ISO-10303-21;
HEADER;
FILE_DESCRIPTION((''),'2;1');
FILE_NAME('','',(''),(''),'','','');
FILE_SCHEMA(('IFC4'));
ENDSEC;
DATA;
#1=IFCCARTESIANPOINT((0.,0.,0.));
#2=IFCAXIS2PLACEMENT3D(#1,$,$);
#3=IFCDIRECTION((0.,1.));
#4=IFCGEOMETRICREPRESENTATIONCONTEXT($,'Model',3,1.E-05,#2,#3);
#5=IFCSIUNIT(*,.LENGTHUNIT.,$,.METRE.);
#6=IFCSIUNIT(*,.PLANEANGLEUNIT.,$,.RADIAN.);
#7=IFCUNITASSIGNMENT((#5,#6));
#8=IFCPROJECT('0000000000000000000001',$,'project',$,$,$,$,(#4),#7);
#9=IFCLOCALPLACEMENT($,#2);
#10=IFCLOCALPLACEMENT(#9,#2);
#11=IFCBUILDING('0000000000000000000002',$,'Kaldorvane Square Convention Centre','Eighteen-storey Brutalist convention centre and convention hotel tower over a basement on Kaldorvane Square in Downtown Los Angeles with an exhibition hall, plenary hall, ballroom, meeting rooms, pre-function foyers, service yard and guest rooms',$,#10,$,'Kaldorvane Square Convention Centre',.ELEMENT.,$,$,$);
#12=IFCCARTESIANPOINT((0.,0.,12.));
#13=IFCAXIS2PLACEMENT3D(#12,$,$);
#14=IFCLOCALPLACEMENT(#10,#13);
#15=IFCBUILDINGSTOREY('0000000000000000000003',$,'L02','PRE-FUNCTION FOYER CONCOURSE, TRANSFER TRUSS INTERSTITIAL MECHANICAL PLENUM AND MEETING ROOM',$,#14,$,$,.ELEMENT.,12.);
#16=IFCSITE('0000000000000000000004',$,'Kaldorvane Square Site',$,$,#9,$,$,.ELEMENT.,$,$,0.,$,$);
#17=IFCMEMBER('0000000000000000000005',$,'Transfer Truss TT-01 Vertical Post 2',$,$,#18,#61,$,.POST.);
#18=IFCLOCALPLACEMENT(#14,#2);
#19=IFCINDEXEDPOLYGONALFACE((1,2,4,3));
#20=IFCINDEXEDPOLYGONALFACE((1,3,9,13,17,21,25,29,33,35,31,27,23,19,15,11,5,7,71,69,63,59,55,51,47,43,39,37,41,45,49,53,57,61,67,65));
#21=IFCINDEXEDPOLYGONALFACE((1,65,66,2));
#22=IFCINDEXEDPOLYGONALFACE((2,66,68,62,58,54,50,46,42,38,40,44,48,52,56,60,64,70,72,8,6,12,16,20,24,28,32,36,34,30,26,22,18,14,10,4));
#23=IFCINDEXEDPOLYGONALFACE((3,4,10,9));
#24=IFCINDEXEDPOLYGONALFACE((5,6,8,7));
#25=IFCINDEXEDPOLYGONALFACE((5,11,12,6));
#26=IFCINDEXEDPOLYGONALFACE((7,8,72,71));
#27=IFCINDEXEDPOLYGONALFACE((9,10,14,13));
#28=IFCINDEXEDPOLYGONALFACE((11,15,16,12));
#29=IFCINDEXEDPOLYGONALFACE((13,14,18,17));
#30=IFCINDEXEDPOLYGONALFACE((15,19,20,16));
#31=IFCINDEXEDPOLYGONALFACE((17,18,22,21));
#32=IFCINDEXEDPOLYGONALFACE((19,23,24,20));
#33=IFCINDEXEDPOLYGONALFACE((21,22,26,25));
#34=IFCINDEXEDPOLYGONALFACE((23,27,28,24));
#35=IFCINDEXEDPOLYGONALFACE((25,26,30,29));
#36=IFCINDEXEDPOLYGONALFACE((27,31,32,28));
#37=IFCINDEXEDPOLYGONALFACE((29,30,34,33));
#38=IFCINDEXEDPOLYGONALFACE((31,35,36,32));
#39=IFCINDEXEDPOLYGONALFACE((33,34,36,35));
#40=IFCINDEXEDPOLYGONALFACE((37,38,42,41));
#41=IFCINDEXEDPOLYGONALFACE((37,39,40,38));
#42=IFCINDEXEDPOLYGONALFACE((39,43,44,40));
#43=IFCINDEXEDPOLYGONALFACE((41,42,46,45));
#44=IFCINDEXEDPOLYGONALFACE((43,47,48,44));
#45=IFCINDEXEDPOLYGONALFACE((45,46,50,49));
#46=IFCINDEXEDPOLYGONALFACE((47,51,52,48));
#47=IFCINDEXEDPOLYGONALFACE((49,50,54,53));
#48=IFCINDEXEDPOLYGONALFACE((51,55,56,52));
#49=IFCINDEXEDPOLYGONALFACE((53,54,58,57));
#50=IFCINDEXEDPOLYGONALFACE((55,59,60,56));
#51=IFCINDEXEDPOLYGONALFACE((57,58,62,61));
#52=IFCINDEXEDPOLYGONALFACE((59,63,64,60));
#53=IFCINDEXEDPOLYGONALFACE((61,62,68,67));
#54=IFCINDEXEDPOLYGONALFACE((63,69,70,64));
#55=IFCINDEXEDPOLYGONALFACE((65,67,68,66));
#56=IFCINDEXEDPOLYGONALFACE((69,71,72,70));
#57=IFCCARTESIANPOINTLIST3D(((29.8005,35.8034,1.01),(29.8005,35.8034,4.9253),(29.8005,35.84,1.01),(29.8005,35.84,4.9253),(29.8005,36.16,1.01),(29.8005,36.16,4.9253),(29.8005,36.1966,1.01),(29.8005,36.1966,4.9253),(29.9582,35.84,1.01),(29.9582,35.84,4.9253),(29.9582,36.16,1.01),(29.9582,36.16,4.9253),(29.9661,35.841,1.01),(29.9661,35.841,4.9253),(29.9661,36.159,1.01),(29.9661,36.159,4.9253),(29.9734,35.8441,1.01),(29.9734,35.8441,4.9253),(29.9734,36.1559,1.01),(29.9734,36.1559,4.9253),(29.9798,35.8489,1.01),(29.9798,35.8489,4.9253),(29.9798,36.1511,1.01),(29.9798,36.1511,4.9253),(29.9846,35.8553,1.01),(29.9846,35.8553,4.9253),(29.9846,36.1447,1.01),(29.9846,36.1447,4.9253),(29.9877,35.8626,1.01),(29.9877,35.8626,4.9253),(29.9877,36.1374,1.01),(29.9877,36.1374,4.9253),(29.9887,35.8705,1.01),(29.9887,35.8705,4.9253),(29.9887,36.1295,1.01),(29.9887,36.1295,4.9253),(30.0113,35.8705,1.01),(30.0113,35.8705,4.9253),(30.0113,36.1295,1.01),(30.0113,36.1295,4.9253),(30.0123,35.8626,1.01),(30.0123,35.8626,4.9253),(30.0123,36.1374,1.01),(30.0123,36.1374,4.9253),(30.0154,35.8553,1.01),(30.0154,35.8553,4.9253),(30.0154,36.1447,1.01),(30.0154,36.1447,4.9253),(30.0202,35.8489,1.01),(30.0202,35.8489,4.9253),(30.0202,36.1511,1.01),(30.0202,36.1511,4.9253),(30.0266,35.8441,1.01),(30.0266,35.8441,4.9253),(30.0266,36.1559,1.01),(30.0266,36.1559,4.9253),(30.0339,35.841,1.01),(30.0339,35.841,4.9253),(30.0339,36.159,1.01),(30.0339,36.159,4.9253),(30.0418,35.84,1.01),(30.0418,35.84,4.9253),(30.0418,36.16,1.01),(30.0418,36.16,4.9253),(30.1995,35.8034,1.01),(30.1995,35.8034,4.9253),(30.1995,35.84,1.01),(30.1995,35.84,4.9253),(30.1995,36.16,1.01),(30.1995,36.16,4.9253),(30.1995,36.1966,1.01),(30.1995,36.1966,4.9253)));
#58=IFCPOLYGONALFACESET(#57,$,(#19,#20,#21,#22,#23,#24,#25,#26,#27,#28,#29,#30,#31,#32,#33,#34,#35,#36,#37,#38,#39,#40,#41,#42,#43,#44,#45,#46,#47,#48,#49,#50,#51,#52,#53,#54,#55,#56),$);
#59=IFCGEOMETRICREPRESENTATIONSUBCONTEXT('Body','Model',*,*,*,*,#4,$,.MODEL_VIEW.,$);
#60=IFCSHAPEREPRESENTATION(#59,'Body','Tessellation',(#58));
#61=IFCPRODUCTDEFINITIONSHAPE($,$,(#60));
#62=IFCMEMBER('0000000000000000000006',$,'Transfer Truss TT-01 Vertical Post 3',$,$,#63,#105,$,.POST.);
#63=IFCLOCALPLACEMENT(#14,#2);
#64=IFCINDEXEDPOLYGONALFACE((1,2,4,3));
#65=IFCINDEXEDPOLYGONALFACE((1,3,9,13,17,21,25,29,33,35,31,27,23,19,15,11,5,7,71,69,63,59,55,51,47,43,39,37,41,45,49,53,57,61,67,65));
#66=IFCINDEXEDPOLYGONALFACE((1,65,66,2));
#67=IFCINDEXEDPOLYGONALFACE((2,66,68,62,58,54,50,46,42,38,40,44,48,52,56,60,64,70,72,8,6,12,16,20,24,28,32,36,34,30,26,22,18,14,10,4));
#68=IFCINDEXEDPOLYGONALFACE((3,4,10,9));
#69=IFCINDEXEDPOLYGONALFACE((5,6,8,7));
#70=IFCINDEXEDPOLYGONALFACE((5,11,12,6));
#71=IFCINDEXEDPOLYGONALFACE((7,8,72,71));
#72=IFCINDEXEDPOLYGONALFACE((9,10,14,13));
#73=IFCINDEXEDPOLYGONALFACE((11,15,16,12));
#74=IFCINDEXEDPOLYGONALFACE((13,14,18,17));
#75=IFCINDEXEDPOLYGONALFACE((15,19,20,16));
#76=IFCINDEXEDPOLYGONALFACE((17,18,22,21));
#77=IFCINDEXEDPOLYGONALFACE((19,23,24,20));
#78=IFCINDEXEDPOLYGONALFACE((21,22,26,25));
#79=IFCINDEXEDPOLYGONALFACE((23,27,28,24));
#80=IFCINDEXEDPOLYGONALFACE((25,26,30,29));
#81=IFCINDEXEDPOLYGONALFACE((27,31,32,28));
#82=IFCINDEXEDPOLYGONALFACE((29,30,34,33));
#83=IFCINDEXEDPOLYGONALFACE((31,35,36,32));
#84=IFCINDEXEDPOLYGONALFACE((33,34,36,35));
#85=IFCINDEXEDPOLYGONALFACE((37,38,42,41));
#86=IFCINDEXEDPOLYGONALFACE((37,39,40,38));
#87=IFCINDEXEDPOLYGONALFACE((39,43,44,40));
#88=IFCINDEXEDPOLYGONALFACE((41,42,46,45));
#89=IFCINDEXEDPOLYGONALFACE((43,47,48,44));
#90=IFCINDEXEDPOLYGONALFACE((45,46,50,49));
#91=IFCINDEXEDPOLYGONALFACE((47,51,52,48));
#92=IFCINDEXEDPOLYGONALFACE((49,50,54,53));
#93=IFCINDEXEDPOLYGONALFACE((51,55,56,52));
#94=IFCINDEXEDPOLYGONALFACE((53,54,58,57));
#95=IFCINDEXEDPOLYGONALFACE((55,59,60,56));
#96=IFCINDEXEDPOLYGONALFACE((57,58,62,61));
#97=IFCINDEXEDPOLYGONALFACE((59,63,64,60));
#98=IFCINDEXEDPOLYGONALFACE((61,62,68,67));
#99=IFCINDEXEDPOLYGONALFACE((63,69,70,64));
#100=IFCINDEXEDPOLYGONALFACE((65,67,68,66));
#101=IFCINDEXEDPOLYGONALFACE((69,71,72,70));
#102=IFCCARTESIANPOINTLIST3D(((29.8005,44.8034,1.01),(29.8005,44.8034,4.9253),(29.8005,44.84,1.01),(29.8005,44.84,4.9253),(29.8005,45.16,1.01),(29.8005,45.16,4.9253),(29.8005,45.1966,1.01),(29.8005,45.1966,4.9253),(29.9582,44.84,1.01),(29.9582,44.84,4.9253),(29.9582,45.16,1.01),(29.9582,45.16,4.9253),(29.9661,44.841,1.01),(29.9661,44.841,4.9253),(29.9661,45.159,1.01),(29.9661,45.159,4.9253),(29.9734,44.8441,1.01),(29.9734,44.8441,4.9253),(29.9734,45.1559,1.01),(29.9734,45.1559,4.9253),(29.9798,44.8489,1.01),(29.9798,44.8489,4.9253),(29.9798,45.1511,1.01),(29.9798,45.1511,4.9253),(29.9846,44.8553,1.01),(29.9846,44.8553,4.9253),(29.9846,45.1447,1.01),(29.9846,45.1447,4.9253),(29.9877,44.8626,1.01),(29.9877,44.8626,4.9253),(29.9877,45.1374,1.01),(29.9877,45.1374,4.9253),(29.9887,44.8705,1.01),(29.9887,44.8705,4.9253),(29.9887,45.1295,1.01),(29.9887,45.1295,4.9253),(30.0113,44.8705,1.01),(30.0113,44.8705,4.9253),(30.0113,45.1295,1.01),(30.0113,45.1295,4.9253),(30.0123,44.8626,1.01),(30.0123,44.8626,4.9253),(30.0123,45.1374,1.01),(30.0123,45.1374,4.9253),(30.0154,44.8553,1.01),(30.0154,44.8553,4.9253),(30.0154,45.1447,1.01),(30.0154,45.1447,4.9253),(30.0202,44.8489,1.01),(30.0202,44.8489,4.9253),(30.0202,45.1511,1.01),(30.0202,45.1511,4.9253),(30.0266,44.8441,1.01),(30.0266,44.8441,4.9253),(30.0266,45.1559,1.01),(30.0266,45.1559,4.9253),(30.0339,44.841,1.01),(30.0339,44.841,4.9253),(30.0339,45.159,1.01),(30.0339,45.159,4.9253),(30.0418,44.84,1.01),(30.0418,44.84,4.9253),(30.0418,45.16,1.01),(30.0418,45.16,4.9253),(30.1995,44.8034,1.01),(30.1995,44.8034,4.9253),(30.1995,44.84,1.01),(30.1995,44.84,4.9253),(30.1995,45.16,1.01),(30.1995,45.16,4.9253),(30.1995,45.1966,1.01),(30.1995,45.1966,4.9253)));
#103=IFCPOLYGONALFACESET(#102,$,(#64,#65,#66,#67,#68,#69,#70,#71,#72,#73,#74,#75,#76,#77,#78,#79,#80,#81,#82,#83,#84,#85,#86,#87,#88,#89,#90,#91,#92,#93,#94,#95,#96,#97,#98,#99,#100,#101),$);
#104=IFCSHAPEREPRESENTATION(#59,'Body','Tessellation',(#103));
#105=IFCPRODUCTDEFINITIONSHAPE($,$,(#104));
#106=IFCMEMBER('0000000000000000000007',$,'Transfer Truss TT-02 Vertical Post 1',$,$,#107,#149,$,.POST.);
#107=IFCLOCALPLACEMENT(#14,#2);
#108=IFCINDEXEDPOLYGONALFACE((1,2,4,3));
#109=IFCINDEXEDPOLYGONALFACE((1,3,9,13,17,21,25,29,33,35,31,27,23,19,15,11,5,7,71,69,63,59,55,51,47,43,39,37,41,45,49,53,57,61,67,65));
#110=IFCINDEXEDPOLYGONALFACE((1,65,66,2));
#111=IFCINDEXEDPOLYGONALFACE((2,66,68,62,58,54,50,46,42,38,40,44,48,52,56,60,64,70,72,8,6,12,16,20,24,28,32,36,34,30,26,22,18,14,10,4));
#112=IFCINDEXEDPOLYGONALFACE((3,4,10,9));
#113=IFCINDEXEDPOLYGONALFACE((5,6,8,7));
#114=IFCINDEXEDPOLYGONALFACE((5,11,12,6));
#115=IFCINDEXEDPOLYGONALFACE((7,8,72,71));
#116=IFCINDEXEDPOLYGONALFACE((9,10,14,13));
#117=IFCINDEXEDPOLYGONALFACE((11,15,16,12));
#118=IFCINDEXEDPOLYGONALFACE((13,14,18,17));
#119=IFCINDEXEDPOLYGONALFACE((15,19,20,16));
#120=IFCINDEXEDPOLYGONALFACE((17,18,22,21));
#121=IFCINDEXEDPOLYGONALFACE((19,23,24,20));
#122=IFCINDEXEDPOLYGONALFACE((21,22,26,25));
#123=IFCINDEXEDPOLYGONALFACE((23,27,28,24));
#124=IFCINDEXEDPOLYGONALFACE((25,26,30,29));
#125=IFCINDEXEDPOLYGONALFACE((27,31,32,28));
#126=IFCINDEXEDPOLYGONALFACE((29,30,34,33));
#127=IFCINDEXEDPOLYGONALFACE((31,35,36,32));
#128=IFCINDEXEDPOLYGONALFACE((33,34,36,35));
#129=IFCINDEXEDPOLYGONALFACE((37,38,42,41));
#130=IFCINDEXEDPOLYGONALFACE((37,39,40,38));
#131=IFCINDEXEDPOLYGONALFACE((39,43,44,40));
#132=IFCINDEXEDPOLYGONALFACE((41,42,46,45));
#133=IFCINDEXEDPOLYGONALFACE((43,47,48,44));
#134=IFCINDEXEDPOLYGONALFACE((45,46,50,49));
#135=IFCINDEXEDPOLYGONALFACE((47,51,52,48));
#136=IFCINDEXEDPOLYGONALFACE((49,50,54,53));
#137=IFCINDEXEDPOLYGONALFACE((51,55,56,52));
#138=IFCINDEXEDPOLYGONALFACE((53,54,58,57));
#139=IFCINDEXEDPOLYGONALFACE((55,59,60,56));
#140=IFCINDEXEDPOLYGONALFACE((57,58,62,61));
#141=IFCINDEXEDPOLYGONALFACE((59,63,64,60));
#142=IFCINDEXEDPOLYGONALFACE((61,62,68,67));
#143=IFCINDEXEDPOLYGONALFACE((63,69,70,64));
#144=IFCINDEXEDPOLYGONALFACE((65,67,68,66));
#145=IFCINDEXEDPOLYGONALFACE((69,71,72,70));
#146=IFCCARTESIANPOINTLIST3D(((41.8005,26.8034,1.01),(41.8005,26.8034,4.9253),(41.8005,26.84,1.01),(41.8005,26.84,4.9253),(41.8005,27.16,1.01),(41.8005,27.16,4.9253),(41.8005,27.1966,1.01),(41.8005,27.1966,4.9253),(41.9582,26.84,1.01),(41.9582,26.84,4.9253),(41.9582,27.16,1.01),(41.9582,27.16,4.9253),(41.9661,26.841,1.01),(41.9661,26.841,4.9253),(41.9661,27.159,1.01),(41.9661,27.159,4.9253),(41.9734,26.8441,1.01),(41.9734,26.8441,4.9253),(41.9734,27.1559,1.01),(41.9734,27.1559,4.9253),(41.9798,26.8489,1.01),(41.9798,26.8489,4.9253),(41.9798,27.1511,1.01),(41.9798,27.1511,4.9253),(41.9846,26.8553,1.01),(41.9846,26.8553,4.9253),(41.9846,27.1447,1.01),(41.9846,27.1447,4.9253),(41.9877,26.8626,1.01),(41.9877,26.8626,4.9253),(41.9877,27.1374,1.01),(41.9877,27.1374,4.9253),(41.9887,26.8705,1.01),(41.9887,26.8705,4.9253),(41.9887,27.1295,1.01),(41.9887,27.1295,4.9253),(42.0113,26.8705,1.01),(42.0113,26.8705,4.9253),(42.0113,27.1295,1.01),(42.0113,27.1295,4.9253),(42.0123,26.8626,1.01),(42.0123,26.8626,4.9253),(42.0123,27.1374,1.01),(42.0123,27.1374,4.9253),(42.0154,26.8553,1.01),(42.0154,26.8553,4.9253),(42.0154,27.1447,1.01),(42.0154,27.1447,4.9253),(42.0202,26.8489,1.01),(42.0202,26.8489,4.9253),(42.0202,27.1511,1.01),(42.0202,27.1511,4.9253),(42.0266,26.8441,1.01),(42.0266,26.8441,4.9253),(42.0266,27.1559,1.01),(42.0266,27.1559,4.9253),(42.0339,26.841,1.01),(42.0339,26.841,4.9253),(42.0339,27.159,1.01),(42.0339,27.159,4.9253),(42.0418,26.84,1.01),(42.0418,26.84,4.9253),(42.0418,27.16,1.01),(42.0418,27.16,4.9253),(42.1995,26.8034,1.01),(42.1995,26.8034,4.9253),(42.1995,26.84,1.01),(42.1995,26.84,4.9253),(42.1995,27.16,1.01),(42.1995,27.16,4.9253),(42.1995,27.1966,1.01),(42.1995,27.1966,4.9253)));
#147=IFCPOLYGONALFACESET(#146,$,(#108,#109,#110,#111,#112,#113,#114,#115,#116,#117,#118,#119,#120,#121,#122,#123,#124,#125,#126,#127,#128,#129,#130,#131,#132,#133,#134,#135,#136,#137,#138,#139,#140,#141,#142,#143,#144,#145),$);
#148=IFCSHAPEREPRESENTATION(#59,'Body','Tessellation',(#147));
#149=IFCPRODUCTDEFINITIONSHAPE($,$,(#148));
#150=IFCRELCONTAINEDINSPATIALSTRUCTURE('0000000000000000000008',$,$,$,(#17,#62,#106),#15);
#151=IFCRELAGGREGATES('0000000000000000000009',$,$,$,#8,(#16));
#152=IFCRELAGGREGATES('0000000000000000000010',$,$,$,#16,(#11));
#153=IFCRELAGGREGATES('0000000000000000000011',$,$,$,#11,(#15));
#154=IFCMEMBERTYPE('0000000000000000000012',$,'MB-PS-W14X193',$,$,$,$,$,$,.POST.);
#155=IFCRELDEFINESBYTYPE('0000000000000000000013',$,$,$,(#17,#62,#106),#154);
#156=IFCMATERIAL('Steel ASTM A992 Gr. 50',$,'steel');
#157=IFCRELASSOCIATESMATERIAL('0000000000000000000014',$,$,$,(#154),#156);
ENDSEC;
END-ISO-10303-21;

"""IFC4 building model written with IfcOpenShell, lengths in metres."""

from ifc_helpers import new_model, si_unit, direction, frame, origin, origin_2d, place, context, subcontext, project, spatial, i_section, extrude, material, material_profile, profile_set, type_object, element, save


model = new_model("IFC4")

# Units and contexts
model_context = context("Model", 3, precision=1e-05, world=origin(), true_north=direction((0.0, 1.0)))
body_context = subcontext(model_context, "Body", "Model", "MODEL_VIEW")
ifc_project = project(units=[si_unit("LENGTHUNIT", "METRE"), si_unit("PLANEANGLEUNIT", "RADIAN")], contexts=[model_context])

# Site, building, storey
site_placement = place(None, origin())
site = spatial("IfcSite", under=ifc_project, at=site_placement, Name="Kaldorvane Square Site", CompositionType="ELEMENT", RefElevation=0.0)
building_placement = place(site_placement, origin())
building = spatial("IfcBuilding", under=site, at=building_placement, Name="Kaldorvane Square Convention Centre", Description="Eighteen-storey Brutalist convention centre and convention hotel tower over a basement on Kaldorvane Square in Downtown Los Angeles with an exhibition hall, plenary hall, ballroom, meeting rooms, pre-function foyers, service yard and guest rooms", LongName="Kaldorvane Square Convention Centre", CompositionType="ELEMENT")
storey_placement = place(building_placement, frame((0.0, 0.0, 12.0)))
storey = spatial("IfcBuildingStorey", under=building, at=storey_placement, Name="L02", Description="PRE-FUNCTION FOYER CONCOURSE, TRANSFER TRUSS INTERSTITIAL MECHANICAL PLENUM AND MEETING ROOM", CompositionType="ELEMENT", Elevation=12.0)

# Shared definitions
ifc_material_1 = material(Name="Steel ASTM A992 Gr. 50", Category="steel")

# Members
ifc_material_profile_1 = material_profile(ifc_material_1, i_section(OverallWidth=0.399, OverallDepth=0.3932, WebThickness=0.0226, FlangeThickness=0.0366, FilletRadius=0.0305, at=origin_2d()), Name="W14X193")
ifc_profile_set_1 = profile_set([ifc_material_profile_1], Name="Steel ASTM A992 Gr. 50")
member_type_1 = type_object("IfcMemberType", Name="MB-PS-W14X193", PredefinedType="POST", material=ifc_profile_set_1)
for number, where, z_axis, x_axis, name in (
    (1, (30.0, 36.0, 1.01), (0.0, 0.0, 1.0), (1.0, 0.0, 0.0), "Transfer Truss TT-01 Vertical Post 2"),
    (2, (30.0, 45.0, 1.01), (0.0, 0.0, 1.0), (1.0, 0.0, 0.0), "Transfer Truss TT-01 Vertical Post 3"),
    (3, (42.0, 27.0, 1.01), (0.0, 0.0, 1.0), (1.0, 0.0, 0.0), "Transfer Truss TT-02 Vertical Post 1"),
):
    element("IfcMember", number, at=place(storey_placement, frame(where, z_axis=z_axis, x_axis=x_axis)), inside=storey, type_object=member_type_1, Name=name, PredefinedType="POST", context=body_context, shape_type="SweptSolid", body=[
        extrude(i_section(OverallWidth=0.399, OverallDepth=0.3932, WebThickness=0.0226, FlangeThickness=0.0366, FilletRadius=0.0305, at=origin_2d()), origin(), (0.0, 0.0, 1.0), 3.9153),
    ])

save(model, "model.ifc")
